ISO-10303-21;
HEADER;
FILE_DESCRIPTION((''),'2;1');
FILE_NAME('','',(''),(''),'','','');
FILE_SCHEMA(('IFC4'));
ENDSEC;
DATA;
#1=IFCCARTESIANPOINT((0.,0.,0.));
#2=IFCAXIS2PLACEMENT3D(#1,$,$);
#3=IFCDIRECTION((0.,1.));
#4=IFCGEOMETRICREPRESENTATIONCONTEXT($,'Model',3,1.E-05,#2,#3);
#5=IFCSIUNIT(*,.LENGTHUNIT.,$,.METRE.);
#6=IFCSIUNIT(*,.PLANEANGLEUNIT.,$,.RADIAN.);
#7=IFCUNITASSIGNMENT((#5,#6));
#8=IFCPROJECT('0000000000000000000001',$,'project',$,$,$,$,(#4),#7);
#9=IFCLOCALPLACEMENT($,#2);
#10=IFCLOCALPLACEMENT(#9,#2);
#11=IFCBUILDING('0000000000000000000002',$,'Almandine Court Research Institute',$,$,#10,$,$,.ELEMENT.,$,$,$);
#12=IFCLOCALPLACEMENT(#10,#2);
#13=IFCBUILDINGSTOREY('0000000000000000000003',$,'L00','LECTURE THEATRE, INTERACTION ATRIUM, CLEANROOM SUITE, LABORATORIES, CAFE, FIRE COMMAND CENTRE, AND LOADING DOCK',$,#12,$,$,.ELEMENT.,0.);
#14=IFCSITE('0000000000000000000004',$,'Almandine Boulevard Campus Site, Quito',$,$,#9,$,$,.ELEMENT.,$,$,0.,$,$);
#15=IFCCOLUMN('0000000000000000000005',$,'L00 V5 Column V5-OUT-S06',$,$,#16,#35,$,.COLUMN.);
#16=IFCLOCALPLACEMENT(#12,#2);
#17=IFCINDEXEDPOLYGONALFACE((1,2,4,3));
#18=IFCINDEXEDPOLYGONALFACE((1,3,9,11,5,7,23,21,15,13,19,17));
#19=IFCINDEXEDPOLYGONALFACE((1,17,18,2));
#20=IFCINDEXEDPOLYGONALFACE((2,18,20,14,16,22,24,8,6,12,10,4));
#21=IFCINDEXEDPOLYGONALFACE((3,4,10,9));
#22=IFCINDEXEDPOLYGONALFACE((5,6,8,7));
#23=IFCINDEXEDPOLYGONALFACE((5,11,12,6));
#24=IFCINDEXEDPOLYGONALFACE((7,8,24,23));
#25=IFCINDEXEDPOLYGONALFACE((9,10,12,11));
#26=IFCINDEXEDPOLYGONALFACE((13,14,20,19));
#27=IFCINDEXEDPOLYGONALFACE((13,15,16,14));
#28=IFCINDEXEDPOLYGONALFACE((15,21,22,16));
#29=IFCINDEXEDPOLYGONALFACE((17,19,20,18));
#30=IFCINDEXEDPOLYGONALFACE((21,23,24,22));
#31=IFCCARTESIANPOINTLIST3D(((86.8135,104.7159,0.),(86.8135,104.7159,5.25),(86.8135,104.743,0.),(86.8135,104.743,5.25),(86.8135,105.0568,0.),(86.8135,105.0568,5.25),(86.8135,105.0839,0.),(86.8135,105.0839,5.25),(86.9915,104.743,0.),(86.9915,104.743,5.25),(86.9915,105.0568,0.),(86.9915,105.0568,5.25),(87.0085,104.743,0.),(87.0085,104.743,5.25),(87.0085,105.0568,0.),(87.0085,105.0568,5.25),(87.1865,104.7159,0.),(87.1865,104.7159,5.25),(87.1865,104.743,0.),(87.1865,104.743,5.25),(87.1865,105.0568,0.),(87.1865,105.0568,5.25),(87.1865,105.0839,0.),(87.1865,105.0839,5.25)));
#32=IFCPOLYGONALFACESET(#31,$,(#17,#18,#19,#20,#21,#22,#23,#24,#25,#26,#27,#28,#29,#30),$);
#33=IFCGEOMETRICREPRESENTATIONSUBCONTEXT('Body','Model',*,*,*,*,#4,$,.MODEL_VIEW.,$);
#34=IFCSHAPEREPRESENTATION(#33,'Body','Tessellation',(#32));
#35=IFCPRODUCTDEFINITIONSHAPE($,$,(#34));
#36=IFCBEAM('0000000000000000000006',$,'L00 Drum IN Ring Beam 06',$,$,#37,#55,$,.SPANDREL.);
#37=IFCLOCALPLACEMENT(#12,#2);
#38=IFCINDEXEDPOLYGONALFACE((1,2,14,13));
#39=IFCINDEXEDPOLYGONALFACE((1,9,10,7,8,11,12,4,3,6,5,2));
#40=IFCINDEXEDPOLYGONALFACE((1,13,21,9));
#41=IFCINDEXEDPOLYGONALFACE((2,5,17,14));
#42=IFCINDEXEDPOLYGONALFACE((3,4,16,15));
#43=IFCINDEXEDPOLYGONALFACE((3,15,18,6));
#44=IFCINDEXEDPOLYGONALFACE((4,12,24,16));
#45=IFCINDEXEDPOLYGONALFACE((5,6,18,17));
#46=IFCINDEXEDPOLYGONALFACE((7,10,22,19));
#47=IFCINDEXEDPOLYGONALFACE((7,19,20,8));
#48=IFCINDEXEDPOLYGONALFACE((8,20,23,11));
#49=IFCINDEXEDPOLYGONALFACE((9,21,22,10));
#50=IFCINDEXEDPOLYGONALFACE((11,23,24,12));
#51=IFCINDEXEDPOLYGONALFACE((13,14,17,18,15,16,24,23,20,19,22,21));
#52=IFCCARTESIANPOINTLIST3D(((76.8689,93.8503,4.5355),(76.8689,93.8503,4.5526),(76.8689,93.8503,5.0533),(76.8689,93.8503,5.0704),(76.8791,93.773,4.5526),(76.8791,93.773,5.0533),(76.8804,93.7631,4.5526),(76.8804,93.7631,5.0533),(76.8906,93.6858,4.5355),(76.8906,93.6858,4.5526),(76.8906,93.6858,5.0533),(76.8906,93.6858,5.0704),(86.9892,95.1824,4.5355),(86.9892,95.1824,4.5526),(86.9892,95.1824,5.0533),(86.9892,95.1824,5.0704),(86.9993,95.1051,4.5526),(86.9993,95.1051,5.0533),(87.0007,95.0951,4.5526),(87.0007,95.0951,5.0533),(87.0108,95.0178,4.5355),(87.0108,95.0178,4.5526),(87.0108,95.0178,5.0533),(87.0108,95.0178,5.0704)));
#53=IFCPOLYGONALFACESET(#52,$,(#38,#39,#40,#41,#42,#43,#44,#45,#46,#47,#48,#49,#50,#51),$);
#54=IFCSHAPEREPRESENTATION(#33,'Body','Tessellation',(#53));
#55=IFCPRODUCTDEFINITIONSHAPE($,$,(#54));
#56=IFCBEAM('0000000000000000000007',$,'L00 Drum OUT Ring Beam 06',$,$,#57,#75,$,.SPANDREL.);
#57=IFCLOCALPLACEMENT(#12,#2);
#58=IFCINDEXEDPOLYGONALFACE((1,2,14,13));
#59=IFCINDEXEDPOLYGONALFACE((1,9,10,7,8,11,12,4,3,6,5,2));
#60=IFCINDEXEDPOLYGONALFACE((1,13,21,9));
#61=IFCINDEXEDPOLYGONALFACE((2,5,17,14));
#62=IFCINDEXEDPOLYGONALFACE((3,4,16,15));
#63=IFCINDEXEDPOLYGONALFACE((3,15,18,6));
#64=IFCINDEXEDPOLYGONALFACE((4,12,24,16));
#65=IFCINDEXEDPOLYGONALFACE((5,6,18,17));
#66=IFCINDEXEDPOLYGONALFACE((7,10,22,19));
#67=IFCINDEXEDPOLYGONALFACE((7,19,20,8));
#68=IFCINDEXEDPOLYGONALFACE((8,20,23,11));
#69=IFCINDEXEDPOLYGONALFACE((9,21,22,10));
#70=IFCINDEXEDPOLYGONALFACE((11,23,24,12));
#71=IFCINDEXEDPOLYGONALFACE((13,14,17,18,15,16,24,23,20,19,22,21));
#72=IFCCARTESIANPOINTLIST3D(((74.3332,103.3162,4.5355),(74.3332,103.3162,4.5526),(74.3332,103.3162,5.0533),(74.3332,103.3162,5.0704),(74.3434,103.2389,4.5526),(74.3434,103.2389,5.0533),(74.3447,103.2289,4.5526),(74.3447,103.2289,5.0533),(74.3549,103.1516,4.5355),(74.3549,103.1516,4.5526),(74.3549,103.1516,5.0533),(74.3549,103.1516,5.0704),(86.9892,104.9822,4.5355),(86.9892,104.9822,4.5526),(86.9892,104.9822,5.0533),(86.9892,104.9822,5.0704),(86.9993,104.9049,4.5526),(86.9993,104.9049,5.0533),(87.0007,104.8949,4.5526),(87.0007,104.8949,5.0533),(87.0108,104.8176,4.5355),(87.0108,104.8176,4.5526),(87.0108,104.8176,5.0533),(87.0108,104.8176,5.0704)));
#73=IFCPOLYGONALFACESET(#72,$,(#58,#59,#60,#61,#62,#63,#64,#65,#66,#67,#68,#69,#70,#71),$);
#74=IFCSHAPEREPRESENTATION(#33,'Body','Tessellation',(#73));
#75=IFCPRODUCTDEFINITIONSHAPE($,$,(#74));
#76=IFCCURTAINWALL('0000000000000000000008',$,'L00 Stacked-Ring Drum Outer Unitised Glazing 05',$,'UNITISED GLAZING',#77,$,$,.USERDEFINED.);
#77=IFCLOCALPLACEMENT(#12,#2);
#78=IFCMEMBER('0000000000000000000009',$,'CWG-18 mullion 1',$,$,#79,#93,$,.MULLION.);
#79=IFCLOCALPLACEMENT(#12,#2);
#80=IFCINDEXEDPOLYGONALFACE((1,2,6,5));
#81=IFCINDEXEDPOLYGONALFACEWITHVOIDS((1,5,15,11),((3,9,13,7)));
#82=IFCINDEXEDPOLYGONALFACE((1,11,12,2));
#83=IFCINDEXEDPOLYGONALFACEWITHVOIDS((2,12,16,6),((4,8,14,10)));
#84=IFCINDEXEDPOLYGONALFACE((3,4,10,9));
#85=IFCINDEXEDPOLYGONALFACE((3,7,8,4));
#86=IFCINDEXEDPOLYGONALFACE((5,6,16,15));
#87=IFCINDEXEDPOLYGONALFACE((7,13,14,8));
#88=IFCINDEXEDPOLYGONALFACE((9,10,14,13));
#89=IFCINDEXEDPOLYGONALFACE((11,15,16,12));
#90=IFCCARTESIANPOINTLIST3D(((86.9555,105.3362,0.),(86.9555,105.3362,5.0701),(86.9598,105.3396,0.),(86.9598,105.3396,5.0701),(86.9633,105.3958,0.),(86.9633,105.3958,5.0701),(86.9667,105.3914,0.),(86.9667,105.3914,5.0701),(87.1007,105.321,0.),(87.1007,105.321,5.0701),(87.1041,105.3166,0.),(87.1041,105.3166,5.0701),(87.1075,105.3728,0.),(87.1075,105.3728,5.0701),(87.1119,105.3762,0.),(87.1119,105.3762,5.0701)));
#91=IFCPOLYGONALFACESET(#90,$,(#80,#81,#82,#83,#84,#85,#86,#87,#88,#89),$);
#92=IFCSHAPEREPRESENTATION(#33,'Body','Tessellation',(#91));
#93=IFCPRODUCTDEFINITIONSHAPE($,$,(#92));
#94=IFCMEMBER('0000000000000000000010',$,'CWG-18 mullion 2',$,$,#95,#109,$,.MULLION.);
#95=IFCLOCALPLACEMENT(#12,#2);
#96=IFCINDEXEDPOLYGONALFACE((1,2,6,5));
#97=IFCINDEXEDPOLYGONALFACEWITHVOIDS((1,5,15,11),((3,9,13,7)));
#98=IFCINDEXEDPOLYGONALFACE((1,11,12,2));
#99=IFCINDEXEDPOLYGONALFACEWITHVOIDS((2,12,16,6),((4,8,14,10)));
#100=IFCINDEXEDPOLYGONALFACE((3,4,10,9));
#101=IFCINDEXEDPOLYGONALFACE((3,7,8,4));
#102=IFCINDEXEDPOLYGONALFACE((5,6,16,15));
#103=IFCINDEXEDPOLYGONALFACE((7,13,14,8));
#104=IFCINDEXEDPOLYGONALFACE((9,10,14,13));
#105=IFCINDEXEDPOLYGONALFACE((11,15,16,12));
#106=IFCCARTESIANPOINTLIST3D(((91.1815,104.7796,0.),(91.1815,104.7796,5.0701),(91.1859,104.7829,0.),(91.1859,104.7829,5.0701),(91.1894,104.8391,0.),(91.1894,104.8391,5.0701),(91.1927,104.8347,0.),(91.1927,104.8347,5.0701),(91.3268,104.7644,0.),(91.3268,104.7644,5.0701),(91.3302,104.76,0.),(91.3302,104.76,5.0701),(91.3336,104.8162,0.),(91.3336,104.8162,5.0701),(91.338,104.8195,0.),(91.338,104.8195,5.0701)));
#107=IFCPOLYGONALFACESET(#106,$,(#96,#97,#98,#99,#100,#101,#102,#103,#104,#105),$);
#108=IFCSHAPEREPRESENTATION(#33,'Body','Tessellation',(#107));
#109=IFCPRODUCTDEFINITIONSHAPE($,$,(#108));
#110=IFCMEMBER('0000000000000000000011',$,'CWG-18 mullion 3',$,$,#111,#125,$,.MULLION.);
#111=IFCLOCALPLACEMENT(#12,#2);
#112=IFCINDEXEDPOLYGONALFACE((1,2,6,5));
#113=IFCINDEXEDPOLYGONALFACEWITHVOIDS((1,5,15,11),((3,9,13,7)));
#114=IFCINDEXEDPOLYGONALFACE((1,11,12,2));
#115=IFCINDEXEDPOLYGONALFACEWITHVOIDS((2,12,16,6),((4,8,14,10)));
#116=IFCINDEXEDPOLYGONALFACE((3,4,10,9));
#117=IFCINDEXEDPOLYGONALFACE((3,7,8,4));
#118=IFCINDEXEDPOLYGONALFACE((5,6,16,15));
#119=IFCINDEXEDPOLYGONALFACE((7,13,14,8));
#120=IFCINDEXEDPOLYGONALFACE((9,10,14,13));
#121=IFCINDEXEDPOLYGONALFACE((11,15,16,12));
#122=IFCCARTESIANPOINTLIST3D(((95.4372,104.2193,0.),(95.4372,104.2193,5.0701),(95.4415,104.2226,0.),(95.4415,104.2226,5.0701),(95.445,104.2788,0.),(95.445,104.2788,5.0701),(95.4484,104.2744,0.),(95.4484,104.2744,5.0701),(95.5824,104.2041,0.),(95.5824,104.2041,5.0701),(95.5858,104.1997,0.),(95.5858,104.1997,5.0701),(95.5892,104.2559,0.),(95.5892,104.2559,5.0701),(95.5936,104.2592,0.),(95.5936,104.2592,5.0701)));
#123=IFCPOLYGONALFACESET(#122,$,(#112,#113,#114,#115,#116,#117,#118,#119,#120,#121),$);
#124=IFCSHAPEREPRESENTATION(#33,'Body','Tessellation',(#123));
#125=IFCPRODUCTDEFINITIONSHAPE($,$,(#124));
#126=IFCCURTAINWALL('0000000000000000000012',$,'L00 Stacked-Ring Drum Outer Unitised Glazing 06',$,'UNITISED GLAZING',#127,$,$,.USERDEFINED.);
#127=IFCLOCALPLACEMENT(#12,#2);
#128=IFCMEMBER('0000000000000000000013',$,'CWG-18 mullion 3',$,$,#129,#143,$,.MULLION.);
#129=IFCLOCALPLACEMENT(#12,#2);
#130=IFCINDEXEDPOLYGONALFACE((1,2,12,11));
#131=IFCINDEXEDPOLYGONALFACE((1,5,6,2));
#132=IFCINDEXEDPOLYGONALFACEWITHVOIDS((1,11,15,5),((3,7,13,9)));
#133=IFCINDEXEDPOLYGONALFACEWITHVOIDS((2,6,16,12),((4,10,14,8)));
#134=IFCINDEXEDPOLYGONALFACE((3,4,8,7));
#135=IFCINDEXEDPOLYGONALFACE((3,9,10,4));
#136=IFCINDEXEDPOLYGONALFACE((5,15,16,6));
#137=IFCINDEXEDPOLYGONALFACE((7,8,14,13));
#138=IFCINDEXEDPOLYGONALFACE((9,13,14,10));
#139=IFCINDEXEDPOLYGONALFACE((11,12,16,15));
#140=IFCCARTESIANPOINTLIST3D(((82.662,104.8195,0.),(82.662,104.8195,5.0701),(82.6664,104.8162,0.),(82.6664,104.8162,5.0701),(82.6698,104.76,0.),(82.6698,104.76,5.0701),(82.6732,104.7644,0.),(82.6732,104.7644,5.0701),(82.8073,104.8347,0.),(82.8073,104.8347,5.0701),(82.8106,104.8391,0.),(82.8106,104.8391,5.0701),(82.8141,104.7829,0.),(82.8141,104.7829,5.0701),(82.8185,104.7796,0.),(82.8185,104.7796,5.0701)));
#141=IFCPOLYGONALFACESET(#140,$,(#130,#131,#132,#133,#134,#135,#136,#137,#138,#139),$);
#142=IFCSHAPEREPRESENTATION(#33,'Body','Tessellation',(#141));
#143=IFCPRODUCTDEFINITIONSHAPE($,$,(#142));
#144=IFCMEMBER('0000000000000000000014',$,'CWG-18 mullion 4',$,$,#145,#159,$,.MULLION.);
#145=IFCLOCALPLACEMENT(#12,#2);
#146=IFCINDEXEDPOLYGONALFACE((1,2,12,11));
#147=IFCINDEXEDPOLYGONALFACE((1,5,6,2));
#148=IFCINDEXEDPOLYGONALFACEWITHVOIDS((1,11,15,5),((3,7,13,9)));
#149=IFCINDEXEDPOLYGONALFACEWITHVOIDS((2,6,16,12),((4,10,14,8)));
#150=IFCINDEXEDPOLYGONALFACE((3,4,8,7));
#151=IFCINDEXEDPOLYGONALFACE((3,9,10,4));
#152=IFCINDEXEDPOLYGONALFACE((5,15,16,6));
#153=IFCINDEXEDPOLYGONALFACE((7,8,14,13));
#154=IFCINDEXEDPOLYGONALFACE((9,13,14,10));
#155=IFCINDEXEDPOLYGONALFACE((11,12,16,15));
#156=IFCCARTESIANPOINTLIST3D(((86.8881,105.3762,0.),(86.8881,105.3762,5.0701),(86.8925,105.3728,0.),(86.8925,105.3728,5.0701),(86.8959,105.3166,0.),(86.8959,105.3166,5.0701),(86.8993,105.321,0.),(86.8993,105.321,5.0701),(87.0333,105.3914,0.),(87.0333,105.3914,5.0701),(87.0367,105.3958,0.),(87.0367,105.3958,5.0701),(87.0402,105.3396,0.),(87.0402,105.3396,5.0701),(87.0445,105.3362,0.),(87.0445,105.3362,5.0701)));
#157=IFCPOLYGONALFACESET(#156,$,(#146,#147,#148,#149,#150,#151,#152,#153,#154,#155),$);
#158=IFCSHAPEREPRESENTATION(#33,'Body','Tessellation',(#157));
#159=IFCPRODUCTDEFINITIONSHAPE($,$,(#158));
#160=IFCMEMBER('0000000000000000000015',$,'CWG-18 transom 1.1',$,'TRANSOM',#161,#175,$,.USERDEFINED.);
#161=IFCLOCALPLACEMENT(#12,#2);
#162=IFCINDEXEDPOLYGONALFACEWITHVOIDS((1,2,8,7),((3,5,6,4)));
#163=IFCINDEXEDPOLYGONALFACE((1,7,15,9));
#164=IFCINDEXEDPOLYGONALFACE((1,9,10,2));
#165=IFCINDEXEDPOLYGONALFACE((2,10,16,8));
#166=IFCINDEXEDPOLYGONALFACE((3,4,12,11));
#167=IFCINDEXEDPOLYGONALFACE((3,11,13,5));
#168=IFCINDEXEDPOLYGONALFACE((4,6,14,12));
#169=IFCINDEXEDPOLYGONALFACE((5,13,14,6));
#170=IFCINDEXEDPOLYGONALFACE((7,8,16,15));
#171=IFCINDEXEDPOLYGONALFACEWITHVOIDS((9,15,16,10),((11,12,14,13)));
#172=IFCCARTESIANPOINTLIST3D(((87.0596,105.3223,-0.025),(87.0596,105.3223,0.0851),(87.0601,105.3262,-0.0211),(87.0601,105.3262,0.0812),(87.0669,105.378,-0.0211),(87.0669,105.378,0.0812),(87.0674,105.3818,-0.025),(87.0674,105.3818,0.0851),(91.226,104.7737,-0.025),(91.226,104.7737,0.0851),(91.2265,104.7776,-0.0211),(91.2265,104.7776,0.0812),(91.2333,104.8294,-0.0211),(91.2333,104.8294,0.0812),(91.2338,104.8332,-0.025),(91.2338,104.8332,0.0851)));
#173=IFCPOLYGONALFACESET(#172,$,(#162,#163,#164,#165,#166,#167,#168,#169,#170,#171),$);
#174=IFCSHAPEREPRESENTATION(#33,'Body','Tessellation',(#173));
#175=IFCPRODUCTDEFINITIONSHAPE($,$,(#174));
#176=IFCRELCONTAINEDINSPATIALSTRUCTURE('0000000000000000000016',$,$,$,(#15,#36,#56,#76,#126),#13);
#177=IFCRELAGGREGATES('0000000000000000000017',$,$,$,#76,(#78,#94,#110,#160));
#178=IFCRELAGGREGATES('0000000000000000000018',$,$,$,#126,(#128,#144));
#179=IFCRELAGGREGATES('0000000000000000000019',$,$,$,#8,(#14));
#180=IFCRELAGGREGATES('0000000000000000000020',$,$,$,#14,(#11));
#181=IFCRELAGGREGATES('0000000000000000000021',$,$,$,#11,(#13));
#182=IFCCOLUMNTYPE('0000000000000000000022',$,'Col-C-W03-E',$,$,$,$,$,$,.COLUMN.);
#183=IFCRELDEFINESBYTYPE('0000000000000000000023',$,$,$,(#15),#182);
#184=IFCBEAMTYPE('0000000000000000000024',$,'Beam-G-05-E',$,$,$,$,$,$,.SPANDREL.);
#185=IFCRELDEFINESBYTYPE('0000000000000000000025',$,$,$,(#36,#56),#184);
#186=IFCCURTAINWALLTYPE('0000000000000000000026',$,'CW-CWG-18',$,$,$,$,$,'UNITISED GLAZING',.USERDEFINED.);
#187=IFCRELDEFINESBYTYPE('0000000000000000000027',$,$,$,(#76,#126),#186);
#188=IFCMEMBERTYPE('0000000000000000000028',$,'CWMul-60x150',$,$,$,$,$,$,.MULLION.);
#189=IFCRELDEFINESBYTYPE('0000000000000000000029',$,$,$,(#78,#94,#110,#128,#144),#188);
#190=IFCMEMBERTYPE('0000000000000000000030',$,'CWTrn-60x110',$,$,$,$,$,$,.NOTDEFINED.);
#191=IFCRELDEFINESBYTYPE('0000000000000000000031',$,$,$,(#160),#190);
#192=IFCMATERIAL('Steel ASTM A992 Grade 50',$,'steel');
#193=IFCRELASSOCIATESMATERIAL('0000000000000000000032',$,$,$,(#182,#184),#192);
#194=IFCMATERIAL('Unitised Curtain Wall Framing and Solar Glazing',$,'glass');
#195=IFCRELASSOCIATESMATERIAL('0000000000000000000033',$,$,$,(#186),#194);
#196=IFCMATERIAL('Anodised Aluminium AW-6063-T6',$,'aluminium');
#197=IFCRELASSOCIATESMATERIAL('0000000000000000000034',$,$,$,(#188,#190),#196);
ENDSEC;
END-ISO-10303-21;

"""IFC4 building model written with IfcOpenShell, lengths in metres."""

from ifc_helpers import new_model, si_unit, direction, frame, origin, origin_2d, place, context, subcontext, project, spatial, hollow_rectangle, i_section, extrude, material, material_profile, profile_set, type_object, element, aggregate, save


model = new_model("IFC4")

# Units and contexts
model_context = context("Model", 3, precision=1e-05, world=origin(), true_north=direction((0.0, 1.0)))
body_context = subcontext(model_context, "Body", "Model", "MODEL_VIEW")
ifc_project = project(units=[si_unit("LENGTHUNIT", "METRE"), si_unit("PLANEANGLEUNIT", "RADIAN")], contexts=[model_context])

# Site, building, storey
site_placement = place(None, origin())
site = spatial("IfcSite", under=ifc_project, at=site_placement, Name="Almandine Boulevard Campus Site, Quito", CompositionType="ELEMENT", RefElevation=0.0)
building_placement = place(site_placement, origin())
building = spatial("IfcBuilding", under=site, at=building_placement, Name="Almandine Court Research Institute", CompositionType="ELEMENT")
storey_placement = place(building_placement, origin())
storey = spatial("IfcBuildingStorey", under=building, at=storey_placement, Name="L00", Description="LECTURE THEATRE, INTERACTION ATRIUM, CLEANROOM SUITE, LABORATORIES, CAFE, FIRE COMMAND CENTRE, AND LOADING DOCK", CompositionType="ELEMENT", Elevation=0.0)

# Column
ifc_material_1 = material(Name="Steel ASTM A992 Grade 50", Category="steel")
ifc_material_profile_1 = material_profile(ifc_material_1, i_section(OverallWidth=0.373, OverallDepth=0.3679, WebThickness=0.0171, FlangeThickness=0.0271, at=origin_2d()), Name="W360x179")
ifc_profile_set_1 = profile_set([ifc_material_profile_1], Name="Steel ASTM A992 Grade 50")
column_type = type_object("IfcColumnType", Name="Col-C-W03-E", PredefinedType="COLUMN", material=ifc_profile_set_1)
column_placement = place(storey_placement, frame((87.0, 104.8999, 0.0), z_axis=(0.0, 0.0, 1.0), x_axis=(1.0, 0.0, 0.0)))
element("IfcColumn", 1, at=column_placement, inside=storey, type_object=column_type, Name="L00 V5 Column V5-OUT-S06", PredefinedType="COLUMN", context=body_context, shape_type="SweptSolid", body=[
    extrude(i_section(OverallWidth=0.373, OverallDepth=0.3679, WebThickness=0.0171, FlangeThickness=0.0271, at=origin_2d()), origin(), (0.0, 0.0, 1.0), 5.25),
])

# Beams
ifc_material_profile_2 = material_profile(ifc_material_1, i_section(OverallWidth=0.166, OverallDepth=0.5349, WebThickness=0.01, FlangeThickness=0.0171, at=origin_2d()), Name="W530x85")
ifc_profile_set_2 = profile_set([ifc_material_profile_2], Name="Steel ASTM A992 Grade 50")
beam_type = type_object("IfcBeamType", Name="Beam-G-05-E", PredefinedType="SPANDREL", material=ifc_profile_set_2)
beam_1_placement = place(storey_placement, frame((87.0, 95.1001, 4.803), z_axis=(-0.991449, -0.130497, 0.0), x_axis=(0.130497, -0.991449, 0.0)))
element("IfcBeam", 2, at=beam_1_placement, inside=storey, type_object=beam_type, Name="L00 Drum IN Ring Beam 06", PredefinedType="SPANDREL", context=body_context, shape_type="SweptSolid", body=[
    extrude(i_section(OverallWidth=0.166, OverallDepth=0.5349, WebThickness=0.01, FlangeThickness=0.0171, at=origin_2d()), origin(), (0.0, 0.0, 1.0), 10.2075),
])
beam_2_placement = place(storey_placement, frame((87.0, 104.8999, 4.803), z_axis=(-0.991447, -0.130512, 0.0), x_axis=(0.130512, -0.991447, 0.0)))
element("IfcBeam", 3, at=beam_2_placement, inside=storey, type_object=beam_type, Name="L00 Drum OUT Ring Beam 06", PredefinedType="SPANDREL", context=body_context, shape_type="SweptSolid", body=[
    extrude(i_section(OverallWidth=0.166, OverallDepth=0.5349, WebThickness=0.01, FlangeThickness=0.0171, at=origin_2d()), origin(), (0.0, 0.0, 1.0), 12.7651),
])

# Curtain walls, members
ifc_material_2 = material(Name="Unitised Curtain Wall Framing and Solar Glazing", Category="glass")
curtain_wall_type = type_object("IfcCurtainWallType", Name="CW-CWG-18", ElementType="UNITISED GLAZING", PredefinedType="USERDEFINED", material=ifc_material_2)
curtain_wall_1_placement = place(storey_placement, origin())
curtain_wall_1 = element("IfcCurtainWall", 4, at=curtain_wall_1_placement, inside=storey, type_object=curtain_wall_type, Name="L00 Stacked-Ring Drum Outer Unitised Glazing 05", ObjectType="UNITISED GLAZING", PredefinedType="USERDEFINED")
ifc_material_3 = material(Name="Anodised Aluminium AW-6063-T6", Category="aluminium")
ifc_material_profile_3 = material_profile(ifc_material_3, hollow_rectangle(XDim=0.0601, YDim=0.1499, WallThickness=0.0039, at=origin_2d()), Name="ALU RHS 60x150x4")
ifc_profile_set_3 = profile_set([ifc_material_profile_3], Name="Anodised Aluminium AW-6063-T6")
member_type_1 = type_object("IfcMemberType", Name="CWMul-60x150", PredefinedType="MULLION", material=ifc_profile_set_3)
member_1_placement = place(storey_placement, frame((87.0337, 105.3562, 0.0), z_axis=(0.0, 0.0, 1.0), x_axis=(0.130541, 0.991443, 0.0)))
member_1 = element("IfcMember", 5, at=member_1_placement, type_object=member_type_1, Name="CWG-18 mullion 1", PredefinedType="MULLION", context=body_context, shape_type="SweptSolid", body=[
    extrude(hollow_rectangle(XDim=0.0601, YDim=0.1499, WallThickness=0.0039, at=origin_2d()), origin(), (0.0, 0.0, 1.0), 5.0701),
])
member_2_placement = place(storey_placement, frame((91.2598, 104.7996, 0.0), z_axis=(0.0, 0.0, 1.0), x_axis=(0.130541, 0.991443, 0.0)))
member_2 = element("IfcMember", 6, at=member_2_placement, type_object=member_type_1, Name="CWG-18 mullion 2", PredefinedType="MULLION", context=body_context, shape_type="SweptSolid", body=[
    extrude(hollow_rectangle(XDim=0.0601, YDim=0.1499, WallThickness=0.0039, at=origin_2d()), origin(), (0.0, 0.0, 1.0), 5.0701),
])
member_3_placement = place(storey_placement, frame((95.5154, 104.2393, 0.0), z_axis=(0.0, 0.0, 1.0), x_axis=(0.130541, 0.991443, 0.0)))
member_3 = element("IfcMember", 7, at=member_3_placement, type_object=member_type_1, Name="CWG-18 mullion 3", PredefinedType="MULLION", context=body_context, shape_type="SweptSolid", body=[
    extrude(hollow_rectangle(XDim=0.0601, YDim=0.1499, WallThickness=0.0039, at=origin_2d()), origin(), (0.0, 0.0, 1.0), 5.0701),
])
curtain_wall_2_placement = place(storey_placement, origin())
curtain_wall_2 = element("IfcCurtainWall", 8, at=curtain_wall_2_placement, inside=storey, type_object=curtain_wall_type, Name="L00 Stacked-Ring Drum Outer Unitised Glazing 06", ObjectType="UNITISED GLAZING", PredefinedType="USERDEFINED")
member_4_placement = place(storey_placement, frame((82.7402, 104.7996, 0.0), z_axis=(0.0, 0.0, 1.0), x_axis=(-0.130541, 0.991443, 0.0)))
member_4 = element("IfcMember", 9, at=member_4_placement, type_object=member_type_1, Name="CWG-18 mullion 3", PredefinedType="MULLION", context=body_context, shape_type="SweptSolid", body=[
    extrude(hollow_rectangle(XDim=0.0601, YDim=0.1499, WallThickness=0.0039, at=origin_2d()), origin(), (0.0, 0.0, 1.0), 5.0701),
])
member_5_placement = place(storey_placement, frame((86.9663, 105.3562, 0.0), z_axis=(0.0, 0.0, 1.0), x_axis=(-0.130541, 0.991443, 0.0)))
member_5 = element("IfcMember", 10, at=member_5_placement, type_object=member_type_1, Name="CWG-18 mullion 4", PredefinedType="MULLION", context=body_context, shape_type="SweptSolid", body=[
    extrude(hollow_rectangle(XDim=0.0601, YDim=0.1499, WallThickness=0.0039, at=origin_2d()), origin(), (0.0, 0.0, 1.0), 5.0701),
])

# Member
ifc_material_profile_4 = material_profile(ifc_material_3, hollow_rectangle(XDim=0.0601, YDim=0.1101, WallThickness=0.0039, at=origin_2d()), Name="ALU RHS 60x110x4")
ifc_profile_set_4 = profile_set([ifc_material_profile_4], Name="Anodised Aluminium AW-6063-T6")
member_type_2 = type_object("IfcMemberType", Name="CWTrn-60x110", PredefinedType="NOTDEFINED", material=ifc_profile_set_4)
member_6_placement = place(storey_placement, frame((87.0635, 105.3521, 0.03), z_axis=(0.991443, -0.130539, 0.0), x_axis=(0.130539, 0.991443, 0.0)))
member_6 = element("IfcMember", 11, at=member_6_placement, type_object=member_type_2, Name="CWG-18 transom 1.1", ObjectType="TRANSOM", PredefinedType="USERDEFINED", context=body_context, shape_type="SweptSolid", body=[
    extrude(hollow_rectangle(XDim=0.0601, YDim=0.1101, WallThickness=0.0039, at=origin_2d()), origin(), (0.0, 0.0, 1.0), 4.2024),
])

aggregate(curtain_wall_1, [member_1, member_2, member_3, member_6])
aggregate(curtain_wall_2, [member_4, member_5])

save(model, "model.ifc")
